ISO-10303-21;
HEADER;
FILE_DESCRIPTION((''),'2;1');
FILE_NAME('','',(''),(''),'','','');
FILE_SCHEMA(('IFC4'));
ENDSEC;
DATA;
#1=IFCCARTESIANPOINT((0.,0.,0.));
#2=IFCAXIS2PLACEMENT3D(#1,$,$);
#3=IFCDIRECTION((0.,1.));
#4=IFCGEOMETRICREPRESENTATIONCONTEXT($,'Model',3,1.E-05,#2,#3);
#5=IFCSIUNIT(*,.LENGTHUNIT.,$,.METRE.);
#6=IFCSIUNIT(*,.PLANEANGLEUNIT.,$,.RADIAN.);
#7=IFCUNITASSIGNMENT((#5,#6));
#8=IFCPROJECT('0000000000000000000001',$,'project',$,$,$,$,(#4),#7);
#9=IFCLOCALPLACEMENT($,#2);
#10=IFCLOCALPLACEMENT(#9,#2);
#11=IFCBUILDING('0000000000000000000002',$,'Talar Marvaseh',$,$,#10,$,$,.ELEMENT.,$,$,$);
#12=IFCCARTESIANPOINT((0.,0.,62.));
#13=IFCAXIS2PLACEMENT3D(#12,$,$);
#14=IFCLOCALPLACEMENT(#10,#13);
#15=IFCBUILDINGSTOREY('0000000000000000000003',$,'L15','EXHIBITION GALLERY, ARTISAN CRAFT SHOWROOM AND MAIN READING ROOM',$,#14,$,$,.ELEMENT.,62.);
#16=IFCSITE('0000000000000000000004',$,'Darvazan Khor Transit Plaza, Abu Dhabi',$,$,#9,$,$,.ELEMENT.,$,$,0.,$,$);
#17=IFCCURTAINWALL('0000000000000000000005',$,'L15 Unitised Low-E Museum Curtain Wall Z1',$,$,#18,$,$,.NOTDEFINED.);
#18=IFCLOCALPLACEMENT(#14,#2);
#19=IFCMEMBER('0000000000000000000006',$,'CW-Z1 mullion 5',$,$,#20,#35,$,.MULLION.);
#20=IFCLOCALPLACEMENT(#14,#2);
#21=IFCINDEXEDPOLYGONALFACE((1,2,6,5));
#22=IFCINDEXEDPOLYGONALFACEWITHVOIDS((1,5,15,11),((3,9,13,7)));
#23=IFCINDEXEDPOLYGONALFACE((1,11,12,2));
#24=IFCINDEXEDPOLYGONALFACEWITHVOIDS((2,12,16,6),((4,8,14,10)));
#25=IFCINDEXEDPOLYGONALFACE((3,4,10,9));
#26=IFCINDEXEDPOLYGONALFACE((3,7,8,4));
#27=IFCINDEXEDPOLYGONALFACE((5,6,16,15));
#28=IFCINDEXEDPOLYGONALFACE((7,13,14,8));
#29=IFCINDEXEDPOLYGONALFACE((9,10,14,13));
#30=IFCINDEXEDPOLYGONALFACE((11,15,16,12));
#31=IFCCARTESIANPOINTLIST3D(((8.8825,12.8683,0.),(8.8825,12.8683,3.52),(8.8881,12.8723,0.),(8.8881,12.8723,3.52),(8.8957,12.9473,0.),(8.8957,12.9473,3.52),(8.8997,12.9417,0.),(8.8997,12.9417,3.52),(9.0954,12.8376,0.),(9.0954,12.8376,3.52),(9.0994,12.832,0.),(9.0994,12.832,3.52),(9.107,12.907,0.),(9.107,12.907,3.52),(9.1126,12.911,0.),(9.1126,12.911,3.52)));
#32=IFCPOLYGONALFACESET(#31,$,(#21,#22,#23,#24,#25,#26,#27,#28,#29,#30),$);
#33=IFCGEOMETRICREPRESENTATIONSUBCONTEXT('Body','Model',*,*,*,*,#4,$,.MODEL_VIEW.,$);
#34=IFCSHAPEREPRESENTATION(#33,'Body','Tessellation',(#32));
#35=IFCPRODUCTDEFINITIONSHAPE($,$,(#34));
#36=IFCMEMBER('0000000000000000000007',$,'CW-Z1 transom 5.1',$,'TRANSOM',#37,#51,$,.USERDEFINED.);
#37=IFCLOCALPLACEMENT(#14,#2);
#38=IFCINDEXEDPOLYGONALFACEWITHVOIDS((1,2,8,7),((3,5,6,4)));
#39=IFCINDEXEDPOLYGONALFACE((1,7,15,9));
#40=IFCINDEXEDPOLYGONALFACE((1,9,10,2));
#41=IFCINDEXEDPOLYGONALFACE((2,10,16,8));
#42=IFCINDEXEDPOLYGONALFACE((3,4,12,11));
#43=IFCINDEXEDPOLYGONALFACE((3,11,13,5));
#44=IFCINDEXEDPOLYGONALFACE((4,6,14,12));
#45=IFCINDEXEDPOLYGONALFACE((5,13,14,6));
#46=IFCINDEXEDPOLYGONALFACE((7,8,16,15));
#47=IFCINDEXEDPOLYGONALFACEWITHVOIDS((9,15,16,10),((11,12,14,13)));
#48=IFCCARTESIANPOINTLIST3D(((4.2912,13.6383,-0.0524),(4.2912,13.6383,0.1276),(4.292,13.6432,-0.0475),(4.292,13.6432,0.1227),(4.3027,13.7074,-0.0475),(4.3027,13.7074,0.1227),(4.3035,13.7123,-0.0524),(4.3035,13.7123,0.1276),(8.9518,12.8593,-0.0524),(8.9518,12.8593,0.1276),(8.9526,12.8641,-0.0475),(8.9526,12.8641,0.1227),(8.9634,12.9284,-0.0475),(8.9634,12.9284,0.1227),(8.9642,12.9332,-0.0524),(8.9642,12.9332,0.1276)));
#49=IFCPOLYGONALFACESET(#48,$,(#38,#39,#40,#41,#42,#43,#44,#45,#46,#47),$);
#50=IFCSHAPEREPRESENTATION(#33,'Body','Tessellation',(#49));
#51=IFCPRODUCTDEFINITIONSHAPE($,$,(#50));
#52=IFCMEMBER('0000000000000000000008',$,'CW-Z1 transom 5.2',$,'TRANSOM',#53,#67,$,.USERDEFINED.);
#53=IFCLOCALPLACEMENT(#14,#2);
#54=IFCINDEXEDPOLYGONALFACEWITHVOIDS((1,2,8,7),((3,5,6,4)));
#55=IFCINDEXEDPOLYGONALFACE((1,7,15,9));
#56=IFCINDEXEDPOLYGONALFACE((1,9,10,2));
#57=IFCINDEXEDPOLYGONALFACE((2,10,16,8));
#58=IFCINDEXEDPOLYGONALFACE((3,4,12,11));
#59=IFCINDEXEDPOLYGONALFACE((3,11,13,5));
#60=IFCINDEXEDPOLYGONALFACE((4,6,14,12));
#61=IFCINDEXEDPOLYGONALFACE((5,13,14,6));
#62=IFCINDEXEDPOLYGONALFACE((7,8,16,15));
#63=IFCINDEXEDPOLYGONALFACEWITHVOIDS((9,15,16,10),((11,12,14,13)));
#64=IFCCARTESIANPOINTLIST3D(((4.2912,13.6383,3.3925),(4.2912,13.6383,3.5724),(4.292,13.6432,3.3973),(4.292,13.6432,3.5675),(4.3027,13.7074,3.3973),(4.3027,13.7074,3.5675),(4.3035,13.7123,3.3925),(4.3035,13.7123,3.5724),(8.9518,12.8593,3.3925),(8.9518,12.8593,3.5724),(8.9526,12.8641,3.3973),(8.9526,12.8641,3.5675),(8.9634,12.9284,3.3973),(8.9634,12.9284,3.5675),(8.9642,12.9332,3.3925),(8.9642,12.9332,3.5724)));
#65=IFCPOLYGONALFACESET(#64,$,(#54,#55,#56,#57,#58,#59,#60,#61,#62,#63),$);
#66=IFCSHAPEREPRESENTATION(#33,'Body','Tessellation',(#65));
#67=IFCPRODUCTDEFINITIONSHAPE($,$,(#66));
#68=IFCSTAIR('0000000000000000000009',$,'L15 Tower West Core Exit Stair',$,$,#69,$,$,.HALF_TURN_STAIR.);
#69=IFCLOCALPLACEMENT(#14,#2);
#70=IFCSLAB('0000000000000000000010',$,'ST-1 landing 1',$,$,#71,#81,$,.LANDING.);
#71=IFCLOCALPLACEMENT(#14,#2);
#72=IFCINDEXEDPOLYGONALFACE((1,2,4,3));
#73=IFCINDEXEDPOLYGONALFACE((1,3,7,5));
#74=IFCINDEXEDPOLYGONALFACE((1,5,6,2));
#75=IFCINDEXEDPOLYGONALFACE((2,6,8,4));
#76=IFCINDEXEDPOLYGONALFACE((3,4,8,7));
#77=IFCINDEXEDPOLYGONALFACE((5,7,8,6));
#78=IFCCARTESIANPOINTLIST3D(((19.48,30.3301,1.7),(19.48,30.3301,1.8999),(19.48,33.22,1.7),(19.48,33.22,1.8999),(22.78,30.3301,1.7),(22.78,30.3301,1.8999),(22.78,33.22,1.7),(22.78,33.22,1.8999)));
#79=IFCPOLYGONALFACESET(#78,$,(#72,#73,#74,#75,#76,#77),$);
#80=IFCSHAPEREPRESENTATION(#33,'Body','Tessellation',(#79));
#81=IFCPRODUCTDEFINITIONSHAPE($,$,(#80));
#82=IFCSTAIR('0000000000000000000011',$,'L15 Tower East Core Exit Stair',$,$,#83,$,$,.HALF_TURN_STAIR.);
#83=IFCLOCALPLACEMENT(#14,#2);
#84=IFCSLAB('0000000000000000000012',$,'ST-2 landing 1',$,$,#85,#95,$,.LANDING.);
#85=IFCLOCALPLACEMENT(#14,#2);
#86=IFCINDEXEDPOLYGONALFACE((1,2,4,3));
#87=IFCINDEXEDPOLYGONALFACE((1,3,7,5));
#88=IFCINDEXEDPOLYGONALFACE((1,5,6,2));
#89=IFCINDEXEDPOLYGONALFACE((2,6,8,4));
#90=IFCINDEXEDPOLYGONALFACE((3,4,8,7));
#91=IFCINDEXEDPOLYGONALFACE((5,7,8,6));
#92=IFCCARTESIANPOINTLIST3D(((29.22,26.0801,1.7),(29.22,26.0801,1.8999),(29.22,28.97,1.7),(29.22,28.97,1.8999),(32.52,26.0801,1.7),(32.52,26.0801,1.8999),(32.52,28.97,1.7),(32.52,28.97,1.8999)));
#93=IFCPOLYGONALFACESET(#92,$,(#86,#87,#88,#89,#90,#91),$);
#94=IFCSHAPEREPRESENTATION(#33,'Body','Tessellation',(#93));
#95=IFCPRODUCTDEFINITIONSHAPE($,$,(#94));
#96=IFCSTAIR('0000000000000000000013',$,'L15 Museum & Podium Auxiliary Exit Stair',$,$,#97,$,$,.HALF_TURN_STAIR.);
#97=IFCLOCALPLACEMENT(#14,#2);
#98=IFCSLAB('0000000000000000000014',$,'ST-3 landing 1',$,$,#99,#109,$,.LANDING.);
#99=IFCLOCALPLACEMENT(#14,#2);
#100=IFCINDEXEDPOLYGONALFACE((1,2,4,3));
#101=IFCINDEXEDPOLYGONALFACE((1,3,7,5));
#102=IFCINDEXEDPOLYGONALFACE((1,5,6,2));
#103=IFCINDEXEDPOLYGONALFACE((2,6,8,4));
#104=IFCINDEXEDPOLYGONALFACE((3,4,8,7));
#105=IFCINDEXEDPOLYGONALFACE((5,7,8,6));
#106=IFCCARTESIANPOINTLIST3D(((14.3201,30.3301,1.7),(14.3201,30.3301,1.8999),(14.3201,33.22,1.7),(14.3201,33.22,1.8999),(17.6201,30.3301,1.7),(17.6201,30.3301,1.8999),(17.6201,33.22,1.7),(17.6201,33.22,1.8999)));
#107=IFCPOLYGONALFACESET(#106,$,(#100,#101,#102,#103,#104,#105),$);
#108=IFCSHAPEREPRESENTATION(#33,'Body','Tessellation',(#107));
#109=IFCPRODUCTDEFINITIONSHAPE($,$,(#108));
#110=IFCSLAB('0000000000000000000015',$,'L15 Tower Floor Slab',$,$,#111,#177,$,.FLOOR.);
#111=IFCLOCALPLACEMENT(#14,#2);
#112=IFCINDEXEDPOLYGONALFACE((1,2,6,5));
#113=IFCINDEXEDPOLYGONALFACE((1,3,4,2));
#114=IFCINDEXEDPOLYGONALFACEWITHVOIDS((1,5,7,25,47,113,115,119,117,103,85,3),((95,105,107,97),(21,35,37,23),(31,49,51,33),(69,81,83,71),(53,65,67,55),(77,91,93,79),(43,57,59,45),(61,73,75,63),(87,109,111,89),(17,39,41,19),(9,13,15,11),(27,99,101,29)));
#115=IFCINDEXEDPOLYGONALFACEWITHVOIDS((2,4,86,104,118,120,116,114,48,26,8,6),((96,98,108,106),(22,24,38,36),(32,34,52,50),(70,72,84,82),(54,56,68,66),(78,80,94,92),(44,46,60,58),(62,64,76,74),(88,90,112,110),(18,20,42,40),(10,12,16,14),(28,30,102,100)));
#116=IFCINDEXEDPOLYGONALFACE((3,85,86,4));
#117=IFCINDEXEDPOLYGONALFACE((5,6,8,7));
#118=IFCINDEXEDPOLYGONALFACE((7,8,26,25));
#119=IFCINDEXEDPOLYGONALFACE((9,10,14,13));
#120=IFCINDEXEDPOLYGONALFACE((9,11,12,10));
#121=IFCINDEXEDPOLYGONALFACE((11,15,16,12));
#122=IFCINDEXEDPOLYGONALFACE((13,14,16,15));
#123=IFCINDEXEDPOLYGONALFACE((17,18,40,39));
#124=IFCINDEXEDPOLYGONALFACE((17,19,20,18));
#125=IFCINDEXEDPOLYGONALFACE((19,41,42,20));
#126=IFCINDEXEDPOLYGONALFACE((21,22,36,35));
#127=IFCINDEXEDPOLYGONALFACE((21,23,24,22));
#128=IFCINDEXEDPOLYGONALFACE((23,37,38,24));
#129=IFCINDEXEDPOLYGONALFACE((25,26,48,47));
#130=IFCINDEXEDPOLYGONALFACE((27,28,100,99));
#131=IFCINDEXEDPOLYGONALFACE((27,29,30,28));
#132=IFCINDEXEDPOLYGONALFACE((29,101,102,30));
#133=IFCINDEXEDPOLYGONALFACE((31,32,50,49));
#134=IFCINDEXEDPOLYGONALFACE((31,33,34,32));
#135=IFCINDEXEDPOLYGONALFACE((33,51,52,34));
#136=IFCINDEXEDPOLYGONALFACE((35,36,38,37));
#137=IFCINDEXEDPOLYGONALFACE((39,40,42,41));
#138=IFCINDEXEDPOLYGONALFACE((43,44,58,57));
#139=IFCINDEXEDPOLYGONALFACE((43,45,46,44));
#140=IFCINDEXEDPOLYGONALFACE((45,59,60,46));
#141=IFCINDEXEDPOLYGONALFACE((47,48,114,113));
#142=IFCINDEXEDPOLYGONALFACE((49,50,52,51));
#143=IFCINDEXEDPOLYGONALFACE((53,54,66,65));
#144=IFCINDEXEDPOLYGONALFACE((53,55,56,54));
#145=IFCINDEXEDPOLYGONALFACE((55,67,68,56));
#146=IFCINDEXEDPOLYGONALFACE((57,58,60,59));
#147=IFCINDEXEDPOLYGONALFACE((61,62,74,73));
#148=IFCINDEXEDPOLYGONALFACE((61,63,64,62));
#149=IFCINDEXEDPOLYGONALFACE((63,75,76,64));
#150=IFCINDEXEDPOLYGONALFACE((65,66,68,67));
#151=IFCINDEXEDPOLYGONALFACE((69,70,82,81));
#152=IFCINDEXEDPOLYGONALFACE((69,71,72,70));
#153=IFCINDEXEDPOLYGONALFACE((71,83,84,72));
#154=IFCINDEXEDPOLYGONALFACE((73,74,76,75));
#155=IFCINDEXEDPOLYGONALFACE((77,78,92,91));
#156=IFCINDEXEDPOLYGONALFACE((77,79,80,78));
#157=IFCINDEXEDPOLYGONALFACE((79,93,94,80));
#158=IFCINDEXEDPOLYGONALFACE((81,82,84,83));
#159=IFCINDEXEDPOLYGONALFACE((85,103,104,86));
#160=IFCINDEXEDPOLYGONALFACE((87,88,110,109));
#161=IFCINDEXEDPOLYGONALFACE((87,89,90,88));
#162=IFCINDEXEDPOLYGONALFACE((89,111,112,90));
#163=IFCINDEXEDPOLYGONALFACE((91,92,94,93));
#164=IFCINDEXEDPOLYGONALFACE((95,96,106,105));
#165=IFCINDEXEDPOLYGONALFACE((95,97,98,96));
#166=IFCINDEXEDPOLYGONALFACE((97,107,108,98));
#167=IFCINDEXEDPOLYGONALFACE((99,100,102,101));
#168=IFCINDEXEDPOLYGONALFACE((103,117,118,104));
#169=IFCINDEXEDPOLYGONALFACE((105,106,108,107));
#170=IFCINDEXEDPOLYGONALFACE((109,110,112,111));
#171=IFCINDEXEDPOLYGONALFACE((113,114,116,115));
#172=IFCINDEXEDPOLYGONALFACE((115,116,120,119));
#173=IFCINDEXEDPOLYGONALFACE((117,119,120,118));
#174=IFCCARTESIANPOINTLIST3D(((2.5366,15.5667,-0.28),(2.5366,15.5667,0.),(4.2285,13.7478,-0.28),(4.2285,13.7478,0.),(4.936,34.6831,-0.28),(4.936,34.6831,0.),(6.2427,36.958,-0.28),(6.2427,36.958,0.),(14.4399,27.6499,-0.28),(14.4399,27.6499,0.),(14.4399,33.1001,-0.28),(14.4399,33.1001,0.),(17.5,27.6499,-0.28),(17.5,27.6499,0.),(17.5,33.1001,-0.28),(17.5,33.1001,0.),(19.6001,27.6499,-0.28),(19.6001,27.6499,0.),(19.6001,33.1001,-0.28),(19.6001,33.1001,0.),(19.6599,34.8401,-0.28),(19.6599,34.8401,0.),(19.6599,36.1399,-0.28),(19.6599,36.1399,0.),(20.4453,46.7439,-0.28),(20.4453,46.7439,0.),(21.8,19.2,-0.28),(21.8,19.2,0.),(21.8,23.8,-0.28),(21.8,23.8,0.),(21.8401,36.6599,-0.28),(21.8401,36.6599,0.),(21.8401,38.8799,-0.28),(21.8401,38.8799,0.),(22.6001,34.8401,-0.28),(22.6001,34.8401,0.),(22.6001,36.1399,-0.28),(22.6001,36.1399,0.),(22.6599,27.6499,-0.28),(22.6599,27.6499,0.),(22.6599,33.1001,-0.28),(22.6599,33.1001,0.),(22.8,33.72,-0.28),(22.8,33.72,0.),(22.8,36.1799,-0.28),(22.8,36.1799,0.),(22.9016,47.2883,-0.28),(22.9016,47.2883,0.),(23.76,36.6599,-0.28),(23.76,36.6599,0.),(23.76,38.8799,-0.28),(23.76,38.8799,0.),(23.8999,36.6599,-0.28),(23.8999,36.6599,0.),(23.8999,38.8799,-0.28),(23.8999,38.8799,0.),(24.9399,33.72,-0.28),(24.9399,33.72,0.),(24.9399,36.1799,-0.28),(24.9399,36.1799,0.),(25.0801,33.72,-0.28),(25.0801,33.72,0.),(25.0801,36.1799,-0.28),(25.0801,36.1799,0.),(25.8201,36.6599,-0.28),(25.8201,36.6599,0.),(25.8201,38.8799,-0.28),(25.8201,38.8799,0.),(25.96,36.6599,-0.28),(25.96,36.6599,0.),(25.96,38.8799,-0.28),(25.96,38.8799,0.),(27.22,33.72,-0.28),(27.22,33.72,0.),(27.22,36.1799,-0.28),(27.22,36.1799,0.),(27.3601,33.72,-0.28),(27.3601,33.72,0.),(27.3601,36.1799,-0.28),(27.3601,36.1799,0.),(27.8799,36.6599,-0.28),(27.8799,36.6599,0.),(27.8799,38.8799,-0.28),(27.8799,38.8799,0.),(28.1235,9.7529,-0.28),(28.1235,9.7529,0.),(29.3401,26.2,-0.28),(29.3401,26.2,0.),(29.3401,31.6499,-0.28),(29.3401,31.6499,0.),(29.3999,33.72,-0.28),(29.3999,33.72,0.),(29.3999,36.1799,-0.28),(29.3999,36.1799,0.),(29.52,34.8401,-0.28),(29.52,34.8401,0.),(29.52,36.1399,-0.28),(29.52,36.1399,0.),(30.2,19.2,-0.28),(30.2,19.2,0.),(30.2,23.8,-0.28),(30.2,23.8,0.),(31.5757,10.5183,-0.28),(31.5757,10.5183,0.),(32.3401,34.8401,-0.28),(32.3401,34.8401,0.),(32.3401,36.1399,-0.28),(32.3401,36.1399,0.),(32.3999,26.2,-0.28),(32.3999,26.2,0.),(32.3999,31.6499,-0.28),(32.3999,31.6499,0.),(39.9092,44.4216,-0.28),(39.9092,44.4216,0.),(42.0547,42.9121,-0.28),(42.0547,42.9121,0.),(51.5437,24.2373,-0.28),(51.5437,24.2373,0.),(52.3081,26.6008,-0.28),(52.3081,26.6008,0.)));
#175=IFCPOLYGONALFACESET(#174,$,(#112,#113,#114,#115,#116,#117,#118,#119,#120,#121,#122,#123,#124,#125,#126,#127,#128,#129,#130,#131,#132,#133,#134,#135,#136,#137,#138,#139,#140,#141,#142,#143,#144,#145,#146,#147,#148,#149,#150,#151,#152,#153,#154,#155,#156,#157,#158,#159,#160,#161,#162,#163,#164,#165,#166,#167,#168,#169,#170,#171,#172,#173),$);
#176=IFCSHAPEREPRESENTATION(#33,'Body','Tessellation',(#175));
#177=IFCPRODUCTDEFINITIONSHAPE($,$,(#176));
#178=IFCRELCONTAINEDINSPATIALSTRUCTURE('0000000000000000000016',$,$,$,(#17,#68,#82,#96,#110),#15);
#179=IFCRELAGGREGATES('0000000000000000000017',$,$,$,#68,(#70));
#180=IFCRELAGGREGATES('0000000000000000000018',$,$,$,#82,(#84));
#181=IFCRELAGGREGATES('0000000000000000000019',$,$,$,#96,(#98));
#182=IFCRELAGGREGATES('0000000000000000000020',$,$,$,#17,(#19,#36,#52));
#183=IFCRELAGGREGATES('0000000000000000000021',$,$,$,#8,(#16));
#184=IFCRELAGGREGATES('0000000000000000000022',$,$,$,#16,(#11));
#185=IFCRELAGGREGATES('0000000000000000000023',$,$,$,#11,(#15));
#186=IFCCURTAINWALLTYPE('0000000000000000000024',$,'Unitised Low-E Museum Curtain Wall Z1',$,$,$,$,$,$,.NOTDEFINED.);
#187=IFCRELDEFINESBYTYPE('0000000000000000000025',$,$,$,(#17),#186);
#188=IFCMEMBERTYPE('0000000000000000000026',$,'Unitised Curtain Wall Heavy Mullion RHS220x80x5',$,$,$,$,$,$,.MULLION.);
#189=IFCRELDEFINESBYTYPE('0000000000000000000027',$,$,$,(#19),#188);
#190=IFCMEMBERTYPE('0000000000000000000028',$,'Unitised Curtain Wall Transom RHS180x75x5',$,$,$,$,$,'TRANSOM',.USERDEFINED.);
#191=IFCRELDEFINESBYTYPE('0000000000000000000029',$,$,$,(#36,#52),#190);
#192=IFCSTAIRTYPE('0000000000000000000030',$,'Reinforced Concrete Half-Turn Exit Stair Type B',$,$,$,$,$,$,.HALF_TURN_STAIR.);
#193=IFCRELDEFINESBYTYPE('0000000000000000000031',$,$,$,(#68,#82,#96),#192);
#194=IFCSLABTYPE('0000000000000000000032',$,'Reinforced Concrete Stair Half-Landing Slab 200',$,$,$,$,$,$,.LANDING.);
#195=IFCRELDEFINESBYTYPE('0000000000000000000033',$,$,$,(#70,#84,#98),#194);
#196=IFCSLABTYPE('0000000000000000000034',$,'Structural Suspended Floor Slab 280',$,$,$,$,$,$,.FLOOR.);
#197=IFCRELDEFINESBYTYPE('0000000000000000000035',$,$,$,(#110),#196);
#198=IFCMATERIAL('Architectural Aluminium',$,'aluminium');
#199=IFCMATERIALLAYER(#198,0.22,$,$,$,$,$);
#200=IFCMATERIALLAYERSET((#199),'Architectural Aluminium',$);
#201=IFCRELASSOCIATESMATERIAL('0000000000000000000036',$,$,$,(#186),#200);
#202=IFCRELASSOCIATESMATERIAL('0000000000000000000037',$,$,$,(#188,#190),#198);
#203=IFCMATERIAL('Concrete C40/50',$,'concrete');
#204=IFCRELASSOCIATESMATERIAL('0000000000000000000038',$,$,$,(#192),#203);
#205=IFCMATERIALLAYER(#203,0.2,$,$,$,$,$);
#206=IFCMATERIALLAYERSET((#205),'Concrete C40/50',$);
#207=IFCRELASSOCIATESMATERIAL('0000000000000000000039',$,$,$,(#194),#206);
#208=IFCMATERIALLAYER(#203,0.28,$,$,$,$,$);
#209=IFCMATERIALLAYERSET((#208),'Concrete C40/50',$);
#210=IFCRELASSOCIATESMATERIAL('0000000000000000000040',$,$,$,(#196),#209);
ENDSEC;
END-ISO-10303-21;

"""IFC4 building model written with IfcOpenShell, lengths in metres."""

from ifc_helpers import new_model, si_unit, direction, frame, origin, origin_2d, place, context, subcontext, project, spatial, polyline, hollow_rectangle, outline, extrude, source, transform, mapped, material, layer, layer_set, material_profile, profile_set, type_object, type_shapes, element, aggregate, save


model = new_model("IFC4")

# Units and contexts
model_context = context("Model", 3, precision=1e-05, world=origin(), true_north=direction((0.0, 1.0)))
body_context = subcontext(model_context, "Body", "Model", "MODEL_VIEW")
ifc_project = project(units=[si_unit("LENGTHUNIT", "METRE"), si_unit("PLANEANGLEUNIT", "RADIAN")], contexts=[model_context])

# Site, building, storey
site_placement = place(None, origin())
site = spatial("IfcSite", under=ifc_project, at=site_placement, Name="Darvazan Khor Transit Plaza, Abu Dhabi", CompositionType="ELEMENT", RefElevation=0.0)
building_placement = place(site_placement, origin())
building = spatial("IfcBuilding", under=site, at=building_placement, Name="Talar Marvaseh", CompositionType="ELEMENT")
storey_placement = place(building_placement, frame((0.0, 0.0, 62.0)))
storey = spatial("IfcBuildingStorey", under=building, at=storey_placement, Name="L15", Description="EXHIBITION GALLERY, ARTISAN CRAFT SHOWROOM AND MAIN READING ROOM", CompositionType="ELEMENT", Elevation=62.0)

# Curtain wall, members
ifc_material_1 = material(Name="Architectural Aluminium", Category="aluminium")
ifc_layer_1 = layer(ifc_material_1, 0.22)
ifc_layer_set_1 = layer_set([ifc_layer_1], Name="Architectural Aluminium")
curtain_wall_type = type_object("IfcCurtainWallType", Name="Unitised Low-E Museum Curtain Wall Z1", PredefinedType="NOTDEFINED", material=ifc_layer_set_1)
curtain_wall_placement = place(storey_placement, origin())
curtain_wall = element("IfcCurtainWall", 1, at=curtain_wall_placement, inside=storey, type_object=curtain_wall_type, Name="L15 Unitised Low-E Museum Curtain Wall Z1", PredefinedType="NOTDEFINED")
ifc_material_profile_1 = material_profile(ifc_material_1, hollow_rectangle(XDim=0.0801, YDim=0.22, WallThickness=0.0049, at=origin_2d()), Name="RHS220x80x5")
ifc_profile_set_1 = profile_set([ifc_material_profile_1], Name="Architectural Aluminium")
member_type_1 = type_object("IfcMemberType", Name="Unitised Curtain Wall Heavy Mullion RHS220x80x5", PredefinedType="MULLION", material=ifc_profile_set_1)
shared_shape_1 = source(origin(), body_context, "Body", "SweptSolid", [
    extrude(hollow_rectangle(XDim=0.0801, YDim=0.22, WallThickness=0.0049, at=origin_2d()), origin(), (0.0, 0.0, 1.0), 3.52),
])
type_shapes(member_type_1, [shared_shape_1])
member_1_placement = place(storey_placement, frame((8.9976, 12.8896, 0.0), z_axis=(0.0, 0.0, 1.0), x_axis=(-0.164896, -0.986311, 0.0)))
member_1 = element("IfcMember", 2, at=member_1_placement, type_object=member_type_1, Name="CW-Z1 mullion 5", PredefinedType="MULLION", context=body_context, shape_type="MappedRepresentation", body=[
    mapped(shared_shape_1, transform((0.0, 0.0, 0.0), x_axis=(1.0, 0.0, 0.0), y_axis=(0.0, 1.0, 0.0), z_axis=(0.0, 0.0, 1.0), scale=1.0)),
])
ifc_material_profile_2 = material_profile(ifc_material_1, hollow_rectangle(XDim=0.075, YDim=0.1799, WallThickness=0.0049, at=origin_2d()), Name="RHS180x75x5")
ifc_profile_set_2 = profile_set([ifc_material_profile_2], Name="Architectural Aluminium")
member_type_2 = type_object("IfcMemberType", Name="Unitised Curtain Wall Transom RHS180x75x5", ElementType="TRANSOM", PredefinedType="USERDEFINED", material=ifc_profile_set_2)
shared_shape_2 = source(origin(), body_context, "Body", "SweptSolid", [
    extrude(hollow_rectangle(XDim=0.075, YDim=0.1799, WallThickness=0.0049, at=origin_2d()), origin(), (0.0, 0.0, 1.0), 4.7253),
])
type_shapes(member_type_2, [shared_shape_2])
member_2_placement = place(storey_placement, frame((8.958, 12.8962, 0.0376), z_axis=(-0.986316, 0.164868, 0.0), x_axis=(-0.164868, -0.986316, 0.0)))
member_2 = element("IfcMember", 3, at=member_2_placement, type_object=member_type_2, Name="CW-Z1 transom 5.1", ObjectType="TRANSOM", PredefinedType="USERDEFINED", context=body_context, shape_type="MappedRepresentation", body=[
    mapped(shared_shape_2, transform((0.0, 0.0, 0.0), x_axis=(1.0, 0.0, 0.0), y_axis=(0.0, 1.0, 0.0), z_axis=(0.0, 0.0, 1.0), scale=1.0)),
])
member_3_placement = place(storey_placement, frame((8.958, 12.8962, 3.4824), z_axis=(-0.986316, 0.164868, 0.0), x_axis=(-0.164868, -0.986316, 0.0)))
member_3 = element("IfcMember", 4, at=member_3_placement, type_object=member_type_2, Name="CW-Z1 transom 5.2", ObjectType="TRANSOM", PredefinedType="USERDEFINED", context=body_context, shape_type="MappedRepresentation", body=[
    mapped(shared_shape_2, transform((0.0, 0.0, 0.0), x_axis=(1.0, 0.0, 0.0), y_axis=(0.0, 1.0, 0.0), z_axis=(0.0, 0.0, 1.0), scale=1.0)),
])

# Stairs, slabs
ifc_material_2 = material(Name="Concrete C40/50", Category="concrete")
stair_type = type_object("IfcStairType", Name="Reinforced Concrete Half-Turn Exit Stair Type B", PredefinedType="HALF_TURN_STAIR", material=ifc_material_2)
stair_1_placement = place(storey_placement, origin())
stair_1 = element("IfcStair", 5, at=stair_1_placement, inside=storey, type_object=stair_type, Name="L15 Tower West Core Exit Stair", PredefinedType="HALF_TURN_STAIR")
ifc_layer_2 = layer(ifc_material_2, 0.2)
ifc_layer_set_2 = layer_set([ifc_layer_2], Name="Concrete C40/50")
slab_type_1 = type_object("IfcSlabType", Name="Reinforced Concrete Stair Half-Landing Slab 200", PredefinedType="LANDING", material=ifc_layer_set_2)
slab_1_placement = place(storey_placement, frame((0.0, 0.0, 1.7)))
slab_1 = element("IfcSlab", 6, at=slab_1_placement, type_object=slab_type_1, Name="ST-1 landing 1", PredefinedType="LANDING", context=body_context, shape_type="SweptSolid", body=[
    extrude(outline(polyline([(22.78, 30.3301), (22.78, 33.22), (19.48, 33.22), (19.48, 30.3301), (22.78, 30.3301)])), origin(), (0.0, 0.0, 1.0), 0.2),
])
aggregate(stair_1, [slab_1])
stair_2_placement = place(storey_placement, origin())
stair_2 = element("IfcStair", 7, at=stair_2_placement, inside=storey, type_object=stair_type, Name="L15 Tower East Core Exit Stair", PredefinedType="HALF_TURN_STAIR")
slab_2_placement = place(storey_placement, frame((0.0, 0.0, 1.7)))
slab_2 = element("IfcSlab", 8, at=slab_2_placement, type_object=slab_type_1, Name="ST-2 landing 1", PredefinedType="LANDING", context=body_context, shape_type="SweptSolid", body=[
    extrude(outline(polyline([(29.22, 28.97), (29.22, 26.0801), (32.52, 26.0801), (32.52, 28.97), (29.22, 28.97)])), origin(), (0.0, 0.0, 1.0), 0.2),
])
aggregate(stair_2, [slab_2])
stair_3_placement = place(storey_placement, origin())
stair_3 = element("IfcStair", 9, at=stair_3_placement, inside=storey, type_object=stair_type, Name="L15 Museum & Podium Auxiliary Exit Stair", PredefinedType="HALF_TURN_STAIR")
slab_3_placement = place(storey_placement, frame((0.0, 0.0, 1.7)))
slab_3 = element("IfcSlab", 10, at=slab_3_placement, type_object=slab_type_1, Name="ST-3 landing 1", PredefinedType="LANDING", context=body_context, shape_type="SweptSolid", body=[
    extrude(outline(polyline([(17.6201, 30.3301), (17.6201, 33.22), (14.3201, 33.22), (14.3201, 30.3301), (17.6201, 30.3301)])), origin(), (0.0, 0.0, 1.0), 0.2),
])
aggregate(stair_3, [slab_3])

# Slab
ifc_layer_3 = layer(ifc_material_2, 0.28)
ifc_layer_set_3 = layer_set([ifc_layer_3], Name="Concrete C40/50")
slab_type_2 = type_object("IfcSlabType", Name="Structural Suspended Floor Slab 280", PredefinedType="FLOOR", material=ifc_layer_set_3)
slab_4_placement = place(storey_placement, frame((0.0, 0.0, -0.28)))
element("IfcSlab", 11, at=slab_4_placement, inside=storey, type_object=slab_type_2, Name="L15 Tower Floor Slab", PredefinedType="FLOOR", context=body_context, shape_type="SweptSolid", body=[
    extrude(outline(polyline([(4.2285, 13.7478), (2.5366, 15.5667), (4.936, 34.6831), (6.2427, 36.958), (20.4453, 46.7439), (22.9016, 47.2883), (39.9092, 44.4216), (42.0547, 42.9121), (52.3081, 26.6008), (51.5437, 24.2373), (31.5757, 10.5183), (28.1235, 9.7529), (4.2285, 13.7478)]), holes=[polyline([(22.6599, 27.6499), (22.6599, 33.1001), (19.6001, 33.1001), (19.6001, 27.6499), (22.6599, 27.6499)]), polyline([(29.3401, 31.6499), (29.3401, 26.2), (32.3999, 26.2), (32.3999, 31.6499), (29.3401, 31.6499)]), polyline([(17.5, 27.6499), (17.5, 33.1001), (14.4399, 33.1001), (14.4399, 27.6499), (17.5, 27.6499)]), polyline([(22.8, 33.72), (24.9399, 33.72), (24.9399, 36.1799), (22.8, 36.1799), (22.8, 33.72)]), polyline([(25.0801, 33.72), (27.22, 33.72), (27.22, 36.1799), (25.0801, 36.1799), (25.0801, 33.72)]), polyline([(27.3601, 33.72), (29.3999, 33.72), (29.3999, 36.1799), (27.3601, 36.1799), (27.3601, 33.72)]), polyline([(21.8401, 36.6599), (23.76, 36.6599), (23.76, 38.8799), (21.8401, 38.8799), (21.8401, 36.6599)]), polyline([(23.8999, 36.6599), (25.8201, 36.6599), (25.8201, 38.8799), (23.8999, 38.8799), (23.8999, 36.6599)]), polyline([(25.96, 36.6599), (27.8799, 36.6599), (27.8799, 38.8799), (25.96, 38.8799), (25.96, 36.6599)]), polyline([(19.6599, 34.8401), (22.6001, 34.8401), (22.6001, 36.1399), (19.6599, 36.1399), (19.6599, 34.8401)]), polyline([(29.52, 34.8401), (32.3401, 34.8401), (32.3401, 36.1399), (29.52, 36.1399), (29.52, 34.8401)]), polyline([(21.8, 19.2), (30.2, 19.2), (30.2, 23.8), (21.8, 23.8), (21.8, 19.2)])]), origin(), (0.0, 0.0, 1.0), 0.28),
])

aggregate(curtain_wall, [member_1, member_2, member_3])

save(model, "model.ifc")
